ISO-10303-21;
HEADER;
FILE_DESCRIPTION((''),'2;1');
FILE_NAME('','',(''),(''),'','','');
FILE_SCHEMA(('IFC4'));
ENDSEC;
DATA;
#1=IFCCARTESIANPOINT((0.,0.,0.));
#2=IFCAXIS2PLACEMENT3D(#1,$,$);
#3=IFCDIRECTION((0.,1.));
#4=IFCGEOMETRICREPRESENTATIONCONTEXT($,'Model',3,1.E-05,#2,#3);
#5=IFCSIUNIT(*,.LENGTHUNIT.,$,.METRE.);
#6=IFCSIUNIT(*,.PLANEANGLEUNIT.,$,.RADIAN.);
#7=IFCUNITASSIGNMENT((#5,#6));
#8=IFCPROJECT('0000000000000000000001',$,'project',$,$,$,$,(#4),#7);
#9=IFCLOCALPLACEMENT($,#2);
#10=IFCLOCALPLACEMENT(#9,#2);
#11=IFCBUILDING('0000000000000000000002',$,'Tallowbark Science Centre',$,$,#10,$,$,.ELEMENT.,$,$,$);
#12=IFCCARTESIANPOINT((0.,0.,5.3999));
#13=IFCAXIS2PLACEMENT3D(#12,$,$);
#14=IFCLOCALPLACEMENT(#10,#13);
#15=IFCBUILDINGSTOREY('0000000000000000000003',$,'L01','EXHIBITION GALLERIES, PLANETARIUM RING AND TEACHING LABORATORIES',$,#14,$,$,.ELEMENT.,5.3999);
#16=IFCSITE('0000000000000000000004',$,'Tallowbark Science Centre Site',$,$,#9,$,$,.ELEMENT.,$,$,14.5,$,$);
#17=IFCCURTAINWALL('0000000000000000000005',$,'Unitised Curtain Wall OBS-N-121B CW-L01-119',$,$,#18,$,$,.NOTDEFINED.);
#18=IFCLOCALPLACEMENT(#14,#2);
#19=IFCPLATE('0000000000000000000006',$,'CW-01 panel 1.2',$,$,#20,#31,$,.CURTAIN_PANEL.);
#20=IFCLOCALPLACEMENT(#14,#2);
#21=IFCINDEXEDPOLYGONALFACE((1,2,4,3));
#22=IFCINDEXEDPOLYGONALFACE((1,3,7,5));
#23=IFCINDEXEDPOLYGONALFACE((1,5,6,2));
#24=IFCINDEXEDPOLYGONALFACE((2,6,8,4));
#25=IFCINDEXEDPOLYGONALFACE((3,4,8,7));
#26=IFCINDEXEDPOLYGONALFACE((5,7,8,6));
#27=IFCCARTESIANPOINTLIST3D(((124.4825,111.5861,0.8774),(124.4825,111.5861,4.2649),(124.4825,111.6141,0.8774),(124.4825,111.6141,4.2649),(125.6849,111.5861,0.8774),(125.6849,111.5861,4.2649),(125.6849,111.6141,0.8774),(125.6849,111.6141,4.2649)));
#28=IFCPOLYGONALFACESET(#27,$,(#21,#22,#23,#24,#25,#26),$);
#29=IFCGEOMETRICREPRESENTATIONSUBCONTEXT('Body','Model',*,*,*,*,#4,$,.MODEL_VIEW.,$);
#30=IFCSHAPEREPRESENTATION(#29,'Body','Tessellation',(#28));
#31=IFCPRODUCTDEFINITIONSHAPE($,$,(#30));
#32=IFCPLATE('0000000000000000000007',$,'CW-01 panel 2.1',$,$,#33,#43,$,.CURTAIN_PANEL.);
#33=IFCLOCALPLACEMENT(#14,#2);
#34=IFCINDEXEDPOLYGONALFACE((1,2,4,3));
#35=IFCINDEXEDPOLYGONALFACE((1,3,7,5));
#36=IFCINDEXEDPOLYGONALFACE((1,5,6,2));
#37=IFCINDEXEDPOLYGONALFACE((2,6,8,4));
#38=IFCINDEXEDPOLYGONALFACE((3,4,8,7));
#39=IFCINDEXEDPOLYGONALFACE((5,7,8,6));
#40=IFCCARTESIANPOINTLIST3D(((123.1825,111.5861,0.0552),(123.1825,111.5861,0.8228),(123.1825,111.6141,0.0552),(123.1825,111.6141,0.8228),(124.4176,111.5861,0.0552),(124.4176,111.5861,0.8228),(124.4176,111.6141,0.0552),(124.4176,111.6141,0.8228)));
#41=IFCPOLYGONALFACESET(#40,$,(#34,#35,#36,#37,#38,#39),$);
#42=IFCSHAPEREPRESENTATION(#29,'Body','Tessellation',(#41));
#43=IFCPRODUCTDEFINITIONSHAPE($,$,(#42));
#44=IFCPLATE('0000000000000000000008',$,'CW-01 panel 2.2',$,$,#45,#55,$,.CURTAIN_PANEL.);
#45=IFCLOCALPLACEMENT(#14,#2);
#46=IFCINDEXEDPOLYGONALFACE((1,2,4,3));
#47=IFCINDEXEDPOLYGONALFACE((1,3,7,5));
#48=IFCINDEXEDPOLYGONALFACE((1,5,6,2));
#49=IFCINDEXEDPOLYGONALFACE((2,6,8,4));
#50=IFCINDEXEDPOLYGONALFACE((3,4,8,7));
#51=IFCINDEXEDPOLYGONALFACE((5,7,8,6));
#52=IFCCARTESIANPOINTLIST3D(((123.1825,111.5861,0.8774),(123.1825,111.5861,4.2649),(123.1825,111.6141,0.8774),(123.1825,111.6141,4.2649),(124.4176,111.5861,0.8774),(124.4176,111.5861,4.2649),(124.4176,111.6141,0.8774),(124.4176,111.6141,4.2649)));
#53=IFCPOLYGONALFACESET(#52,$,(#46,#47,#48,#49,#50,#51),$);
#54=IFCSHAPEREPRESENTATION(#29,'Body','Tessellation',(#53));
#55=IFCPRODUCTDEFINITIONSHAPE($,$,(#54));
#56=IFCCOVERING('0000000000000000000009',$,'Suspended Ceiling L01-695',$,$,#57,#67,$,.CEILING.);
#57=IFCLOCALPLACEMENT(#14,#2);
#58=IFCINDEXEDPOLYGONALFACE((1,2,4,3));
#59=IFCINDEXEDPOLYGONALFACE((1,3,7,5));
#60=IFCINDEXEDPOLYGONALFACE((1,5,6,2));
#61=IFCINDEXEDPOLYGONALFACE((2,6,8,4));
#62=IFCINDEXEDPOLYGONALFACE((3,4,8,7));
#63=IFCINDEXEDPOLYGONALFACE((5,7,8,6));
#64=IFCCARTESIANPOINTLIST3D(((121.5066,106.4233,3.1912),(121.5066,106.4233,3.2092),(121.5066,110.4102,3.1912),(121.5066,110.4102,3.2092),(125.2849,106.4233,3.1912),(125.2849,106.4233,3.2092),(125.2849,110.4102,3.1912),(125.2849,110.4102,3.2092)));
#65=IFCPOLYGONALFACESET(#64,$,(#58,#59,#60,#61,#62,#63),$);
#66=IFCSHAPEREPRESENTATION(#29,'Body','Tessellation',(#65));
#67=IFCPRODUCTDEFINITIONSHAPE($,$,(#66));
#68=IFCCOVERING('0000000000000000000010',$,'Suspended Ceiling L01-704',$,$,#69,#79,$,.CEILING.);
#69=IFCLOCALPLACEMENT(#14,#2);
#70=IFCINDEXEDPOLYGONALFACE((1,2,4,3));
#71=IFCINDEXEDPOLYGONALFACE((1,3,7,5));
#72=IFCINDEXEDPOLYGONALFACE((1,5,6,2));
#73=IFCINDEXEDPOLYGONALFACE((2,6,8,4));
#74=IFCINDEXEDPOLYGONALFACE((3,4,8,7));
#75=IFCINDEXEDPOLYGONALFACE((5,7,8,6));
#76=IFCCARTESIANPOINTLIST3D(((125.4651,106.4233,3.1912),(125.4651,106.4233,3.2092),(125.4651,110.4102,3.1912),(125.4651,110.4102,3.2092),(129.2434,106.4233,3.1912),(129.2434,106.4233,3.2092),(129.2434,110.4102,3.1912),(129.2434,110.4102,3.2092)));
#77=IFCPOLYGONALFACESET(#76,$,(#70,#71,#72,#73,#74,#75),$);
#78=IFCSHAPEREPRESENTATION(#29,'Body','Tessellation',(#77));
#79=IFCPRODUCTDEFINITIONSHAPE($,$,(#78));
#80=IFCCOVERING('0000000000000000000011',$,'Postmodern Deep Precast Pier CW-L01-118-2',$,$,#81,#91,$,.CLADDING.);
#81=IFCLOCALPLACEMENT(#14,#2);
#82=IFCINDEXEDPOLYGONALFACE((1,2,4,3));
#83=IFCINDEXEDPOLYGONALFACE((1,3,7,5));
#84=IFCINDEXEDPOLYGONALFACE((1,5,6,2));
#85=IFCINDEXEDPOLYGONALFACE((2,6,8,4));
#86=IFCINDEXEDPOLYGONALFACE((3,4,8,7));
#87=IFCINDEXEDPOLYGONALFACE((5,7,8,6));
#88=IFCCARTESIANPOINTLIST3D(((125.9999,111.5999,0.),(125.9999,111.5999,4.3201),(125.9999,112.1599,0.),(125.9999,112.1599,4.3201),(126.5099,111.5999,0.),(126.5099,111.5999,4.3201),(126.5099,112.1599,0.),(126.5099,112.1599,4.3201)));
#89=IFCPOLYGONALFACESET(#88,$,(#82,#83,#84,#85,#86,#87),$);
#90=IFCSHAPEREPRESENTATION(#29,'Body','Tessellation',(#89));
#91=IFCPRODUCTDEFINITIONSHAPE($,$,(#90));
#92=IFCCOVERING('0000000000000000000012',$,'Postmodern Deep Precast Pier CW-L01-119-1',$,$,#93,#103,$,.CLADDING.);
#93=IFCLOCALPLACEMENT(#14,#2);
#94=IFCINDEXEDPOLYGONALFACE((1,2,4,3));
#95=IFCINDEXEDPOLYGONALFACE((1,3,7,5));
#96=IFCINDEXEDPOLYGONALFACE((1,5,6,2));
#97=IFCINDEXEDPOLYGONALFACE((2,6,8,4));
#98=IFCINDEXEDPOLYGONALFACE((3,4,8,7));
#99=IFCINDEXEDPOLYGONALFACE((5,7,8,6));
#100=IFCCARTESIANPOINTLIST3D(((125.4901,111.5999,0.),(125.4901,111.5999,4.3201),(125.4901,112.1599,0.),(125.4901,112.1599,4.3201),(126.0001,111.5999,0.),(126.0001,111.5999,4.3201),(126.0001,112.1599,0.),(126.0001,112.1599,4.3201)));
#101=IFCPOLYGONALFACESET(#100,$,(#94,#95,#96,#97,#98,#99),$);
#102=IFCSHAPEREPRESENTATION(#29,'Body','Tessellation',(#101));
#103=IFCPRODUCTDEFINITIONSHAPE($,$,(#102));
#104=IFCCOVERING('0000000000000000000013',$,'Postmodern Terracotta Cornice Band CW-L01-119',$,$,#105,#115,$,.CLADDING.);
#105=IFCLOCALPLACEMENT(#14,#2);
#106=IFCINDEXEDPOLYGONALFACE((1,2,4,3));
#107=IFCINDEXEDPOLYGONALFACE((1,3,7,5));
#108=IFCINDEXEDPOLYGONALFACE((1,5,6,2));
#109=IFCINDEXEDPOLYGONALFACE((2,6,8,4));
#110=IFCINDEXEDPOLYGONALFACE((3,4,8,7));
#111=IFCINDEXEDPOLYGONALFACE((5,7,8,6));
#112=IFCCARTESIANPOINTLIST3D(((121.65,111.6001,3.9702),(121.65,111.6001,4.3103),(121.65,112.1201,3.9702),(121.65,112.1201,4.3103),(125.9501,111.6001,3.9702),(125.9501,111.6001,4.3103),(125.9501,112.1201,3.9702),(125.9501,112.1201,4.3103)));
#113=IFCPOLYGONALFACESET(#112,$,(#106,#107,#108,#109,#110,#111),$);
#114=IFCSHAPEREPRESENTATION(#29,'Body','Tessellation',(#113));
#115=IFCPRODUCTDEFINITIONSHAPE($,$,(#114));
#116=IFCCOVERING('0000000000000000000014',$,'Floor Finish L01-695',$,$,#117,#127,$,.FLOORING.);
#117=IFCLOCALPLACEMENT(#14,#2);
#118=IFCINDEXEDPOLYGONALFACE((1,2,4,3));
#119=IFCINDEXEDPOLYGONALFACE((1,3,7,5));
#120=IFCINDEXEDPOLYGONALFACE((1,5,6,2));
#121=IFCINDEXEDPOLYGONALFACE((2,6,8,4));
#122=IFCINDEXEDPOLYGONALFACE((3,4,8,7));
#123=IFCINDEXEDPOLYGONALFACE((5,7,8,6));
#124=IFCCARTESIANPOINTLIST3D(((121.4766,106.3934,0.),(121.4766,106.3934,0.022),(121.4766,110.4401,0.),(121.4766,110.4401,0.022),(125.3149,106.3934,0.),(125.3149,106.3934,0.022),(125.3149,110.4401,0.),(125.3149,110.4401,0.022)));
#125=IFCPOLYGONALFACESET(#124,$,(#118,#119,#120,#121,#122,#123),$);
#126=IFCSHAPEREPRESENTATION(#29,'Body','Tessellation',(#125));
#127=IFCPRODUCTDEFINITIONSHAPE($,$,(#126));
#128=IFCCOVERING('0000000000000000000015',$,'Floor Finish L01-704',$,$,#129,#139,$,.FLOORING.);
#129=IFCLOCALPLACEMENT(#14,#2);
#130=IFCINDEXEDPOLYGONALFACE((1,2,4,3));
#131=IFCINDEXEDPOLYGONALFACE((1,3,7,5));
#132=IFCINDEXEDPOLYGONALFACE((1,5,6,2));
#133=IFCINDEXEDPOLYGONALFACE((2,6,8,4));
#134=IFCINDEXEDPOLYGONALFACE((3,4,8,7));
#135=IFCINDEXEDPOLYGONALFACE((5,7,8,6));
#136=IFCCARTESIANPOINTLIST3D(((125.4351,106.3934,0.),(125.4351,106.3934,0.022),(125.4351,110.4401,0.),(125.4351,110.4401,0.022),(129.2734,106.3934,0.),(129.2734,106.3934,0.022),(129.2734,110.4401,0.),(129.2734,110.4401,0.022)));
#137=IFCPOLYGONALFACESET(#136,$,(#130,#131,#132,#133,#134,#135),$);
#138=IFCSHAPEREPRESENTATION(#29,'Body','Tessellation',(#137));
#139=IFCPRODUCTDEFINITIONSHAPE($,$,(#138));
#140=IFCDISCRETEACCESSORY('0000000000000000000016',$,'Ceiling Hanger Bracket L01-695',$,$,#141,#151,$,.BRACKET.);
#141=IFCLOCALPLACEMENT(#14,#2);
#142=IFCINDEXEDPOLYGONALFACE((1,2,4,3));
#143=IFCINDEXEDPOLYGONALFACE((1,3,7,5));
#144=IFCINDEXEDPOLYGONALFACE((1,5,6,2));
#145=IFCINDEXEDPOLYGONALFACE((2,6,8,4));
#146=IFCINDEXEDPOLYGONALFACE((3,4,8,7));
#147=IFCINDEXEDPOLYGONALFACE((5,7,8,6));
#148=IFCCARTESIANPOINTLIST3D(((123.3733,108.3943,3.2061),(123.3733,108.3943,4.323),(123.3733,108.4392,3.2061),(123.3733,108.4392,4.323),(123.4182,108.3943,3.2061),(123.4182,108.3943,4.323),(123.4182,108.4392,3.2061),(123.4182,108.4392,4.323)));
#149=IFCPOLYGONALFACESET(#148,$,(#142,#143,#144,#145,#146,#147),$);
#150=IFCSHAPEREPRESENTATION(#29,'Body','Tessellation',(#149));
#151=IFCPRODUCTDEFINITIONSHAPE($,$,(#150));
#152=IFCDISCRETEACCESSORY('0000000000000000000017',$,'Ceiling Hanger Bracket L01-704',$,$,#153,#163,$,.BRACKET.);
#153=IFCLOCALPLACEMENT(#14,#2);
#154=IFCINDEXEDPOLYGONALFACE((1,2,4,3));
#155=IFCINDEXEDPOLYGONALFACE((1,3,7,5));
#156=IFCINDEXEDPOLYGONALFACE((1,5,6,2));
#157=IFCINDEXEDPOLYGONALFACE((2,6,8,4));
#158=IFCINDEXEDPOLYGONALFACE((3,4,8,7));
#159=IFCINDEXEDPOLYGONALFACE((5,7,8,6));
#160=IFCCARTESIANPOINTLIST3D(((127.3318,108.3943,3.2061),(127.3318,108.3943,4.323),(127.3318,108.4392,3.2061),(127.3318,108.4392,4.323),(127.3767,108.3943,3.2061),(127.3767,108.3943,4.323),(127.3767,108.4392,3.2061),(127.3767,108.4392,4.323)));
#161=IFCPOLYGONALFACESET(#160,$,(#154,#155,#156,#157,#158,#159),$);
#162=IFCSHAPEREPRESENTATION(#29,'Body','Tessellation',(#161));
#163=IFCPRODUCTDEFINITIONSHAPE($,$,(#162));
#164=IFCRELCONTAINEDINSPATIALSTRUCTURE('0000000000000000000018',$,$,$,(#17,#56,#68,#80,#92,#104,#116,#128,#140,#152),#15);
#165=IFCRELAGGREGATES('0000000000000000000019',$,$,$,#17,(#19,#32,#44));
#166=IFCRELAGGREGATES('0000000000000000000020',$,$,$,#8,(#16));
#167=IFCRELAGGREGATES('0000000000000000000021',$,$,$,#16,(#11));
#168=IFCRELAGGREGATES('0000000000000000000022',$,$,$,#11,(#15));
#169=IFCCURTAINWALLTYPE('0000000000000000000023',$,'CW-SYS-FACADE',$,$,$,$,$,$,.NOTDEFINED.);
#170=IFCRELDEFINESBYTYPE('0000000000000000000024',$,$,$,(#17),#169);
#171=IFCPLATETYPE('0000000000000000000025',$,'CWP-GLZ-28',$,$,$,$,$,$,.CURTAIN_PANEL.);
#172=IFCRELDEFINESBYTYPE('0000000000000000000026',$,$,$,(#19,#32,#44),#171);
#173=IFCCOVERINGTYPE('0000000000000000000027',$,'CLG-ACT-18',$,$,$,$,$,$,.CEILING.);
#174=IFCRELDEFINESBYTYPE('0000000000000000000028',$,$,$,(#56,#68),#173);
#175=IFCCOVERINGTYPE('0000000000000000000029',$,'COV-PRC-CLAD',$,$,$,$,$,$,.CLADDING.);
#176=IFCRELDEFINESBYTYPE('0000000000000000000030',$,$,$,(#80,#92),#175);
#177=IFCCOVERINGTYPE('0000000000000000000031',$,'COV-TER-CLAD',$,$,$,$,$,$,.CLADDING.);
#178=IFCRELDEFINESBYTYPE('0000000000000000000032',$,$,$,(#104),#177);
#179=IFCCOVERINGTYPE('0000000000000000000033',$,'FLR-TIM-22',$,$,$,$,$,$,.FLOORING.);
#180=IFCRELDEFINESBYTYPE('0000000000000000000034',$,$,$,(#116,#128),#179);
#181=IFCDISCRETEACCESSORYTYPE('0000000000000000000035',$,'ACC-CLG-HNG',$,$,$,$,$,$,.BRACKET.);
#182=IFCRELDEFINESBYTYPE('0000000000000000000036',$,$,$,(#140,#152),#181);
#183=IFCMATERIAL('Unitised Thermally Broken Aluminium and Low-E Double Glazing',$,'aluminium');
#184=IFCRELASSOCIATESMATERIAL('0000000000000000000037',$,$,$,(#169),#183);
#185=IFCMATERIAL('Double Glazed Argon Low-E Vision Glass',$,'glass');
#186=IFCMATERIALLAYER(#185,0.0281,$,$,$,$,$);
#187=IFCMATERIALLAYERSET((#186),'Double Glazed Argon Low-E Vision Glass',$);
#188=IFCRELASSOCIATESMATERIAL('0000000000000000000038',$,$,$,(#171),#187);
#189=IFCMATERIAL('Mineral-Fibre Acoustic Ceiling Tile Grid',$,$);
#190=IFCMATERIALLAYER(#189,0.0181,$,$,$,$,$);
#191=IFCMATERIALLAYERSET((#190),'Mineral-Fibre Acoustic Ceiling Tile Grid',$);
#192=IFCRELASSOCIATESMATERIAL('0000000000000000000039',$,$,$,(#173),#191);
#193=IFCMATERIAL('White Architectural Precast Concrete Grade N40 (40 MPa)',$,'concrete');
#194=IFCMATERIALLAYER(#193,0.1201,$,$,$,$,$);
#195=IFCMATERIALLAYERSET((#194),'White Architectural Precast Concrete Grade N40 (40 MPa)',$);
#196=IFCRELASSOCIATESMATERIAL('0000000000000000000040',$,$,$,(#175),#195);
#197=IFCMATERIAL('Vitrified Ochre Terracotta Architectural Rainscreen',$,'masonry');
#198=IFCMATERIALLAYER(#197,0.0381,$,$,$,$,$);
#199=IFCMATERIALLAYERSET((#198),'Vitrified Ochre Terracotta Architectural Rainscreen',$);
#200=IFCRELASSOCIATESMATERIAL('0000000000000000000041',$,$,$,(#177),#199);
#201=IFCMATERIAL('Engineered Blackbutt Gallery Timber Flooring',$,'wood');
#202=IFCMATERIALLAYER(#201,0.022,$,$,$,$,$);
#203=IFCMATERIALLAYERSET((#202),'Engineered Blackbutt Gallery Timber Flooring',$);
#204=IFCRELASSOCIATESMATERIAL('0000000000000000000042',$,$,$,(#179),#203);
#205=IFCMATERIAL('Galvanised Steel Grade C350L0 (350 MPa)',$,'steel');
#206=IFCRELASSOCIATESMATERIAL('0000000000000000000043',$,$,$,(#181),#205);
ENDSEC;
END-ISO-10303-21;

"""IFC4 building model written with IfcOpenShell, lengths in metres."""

from ifc_helpers import new_model, si_unit, direction, frame, origin, origin_2d, place, context, subcontext, project, spatial, rectangle, extrude, material, layer, layer_set, type_object, element, aggregate, save


model = new_model("IFC4")

# Units and contexts
model_context = context("Model", 3, precision=1e-05, world=origin(), true_north=direction((0.0, 1.0)))
body_context = subcontext(model_context, "Body", "Model", "MODEL_VIEW")
ifc_project = project(units=[si_unit("LENGTHUNIT", "METRE"), si_unit("PLANEANGLEUNIT", "RADIAN")], contexts=[model_context])

# Site, building, storey
site_placement = place(None, origin())
site = spatial("IfcSite", under=ifc_project, at=site_placement, Name="Tallowbark Science Centre Site", CompositionType="ELEMENT", RefElevation=14.5)
building_placement = place(site_placement, origin())
building = spatial("IfcBuilding", under=site, at=building_placement, Name="Tallowbark Science Centre", CompositionType="ELEMENT")
storey_placement = place(building_placement, frame((0.0, 0.0, 5.3999)))
storey = spatial("IfcBuildingStorey", under=building, at=storey_placement, Name="L01", Description="EXHIBITION GALLERIES, PLANETARIUM RING AND TEACHING LABORATORIES", CompositionType="ELEMENT", Elevation=5.3999)

# Shared definitions
ifc_material_1 = material(Name="Unitised Thermally Broken Aluminium and Low-E Double Glazing", Category="aluminium")
curtain_wall_type = type_object("IfcCurtainWallType", Name="CW-SYS-FACADE", PredefinedType="NOTDEFINED", material=ifc_material_1)

# Curtain wall
curtain_wall_1_placement = place(storey_placement, origin())
curtain_wall_1 = element("IfcCurtainWall", 1, at=curtain_wall_1_placement, inside=storey, type_object=curtain_wall_type, Name="Unitised Curtain Wall OBS-N-121B CW-L01-119", PredefinedType="NOTDEFINED")

# Plates
ifc_material_2 = material(Name="Double Glazed Argon Low-E Vision Glass", Category="glass")
ifc_layer_1 = layer(ifc_material_2, 0.0281)
ifc_layer_set_1 = layer_set([ifc_layer_1], Name="Double Glazed Argon Low-E Vision Glass")
plate_type = type_object("IfcPlateType", Name="CWP-GLZ-28", PredefinedType="CURTAIN_PANEL", material=ifc_layer_set_1)
plate_1_placement = place(storey_placement, frame((125.0837, 111.6001, 0.8774), z_axis=(0.0, 0.0, 1.0), x_axis=(-1.0, 0.0, 0.0)))
plate_1 = element("IfcPlate", 2, at=plate_1_placement, type_object=plate_type, Name="CW-01 panel 1.2", PredefinedType="CURTAIN_PANEL", context=body_context, shape_type="SweptSolid", body=[
    extrude(rectangle(XDim=1.2024, YDim=0.0281, at=origin_2d()), origin(), (0.0, 0.0, 1.0), 3.3875),
])
plate_2_placement = place(storey_placement, frame((123.8, 111.6001, 0.0552), z_axis=(0.0, 0.0, 1.0), x_axis=(-1.0, 0.0, 0.0)))
plate_2 = element("IfcPlate", 3, at=plate_2_placement, type_object=plate_type, Name="CW-01 panel 2.1", PredefinedType="CURTAIN_PANEL", context=body_context, shape_type="SweptSolid", body=[
    extrude(rectangle(XDim=1.2351, YDim=0.0281, at=origin_2d()), origin(), (0.0, 0.0, 1.0), 0.7676),
])
plate_3_placement = place(storey_placement, frame((123.8, 111.6001, 0.8774), z_axis=(0.0, 0.0, 1.0), x_axis=(-1.0, 0.0, 0.0)))
plate_3 = element("IfcPlate", 4, at=plate_3_placement, type_object=plate_type, Name="CW-01 panel 2.2", PredefinedType="CURTAIN_PANEL", context=body_context, shape_type="SweptSolid", body=[
    extrude(rectangle(XDim=1.2351, YDim=0.0281, at=origin_2d()), origin(), (0.0, 0.0, 1.0), 3.3875),
])
aggregate(curtain_wall_1, [plate_1, plate_2, plate_3])

# Coverings
ifc_material_3 = material(Name="Mineral-Fibre Acoustic Ceiling Tile Grid")
ifc_layer_2 = layer(ifc_material_3, 0.0181)
ifc_layer_set_2 = layer_set([ifc_layer_2], Name="Mineral-Fibre Acoustic Ceiling Tile Grid")
covering_type_1 = type_object("IfcCoveringType", Name="CLG-ACT-18", PredefinedType="CEILING", material=ifc_layer_set_2)
for number, where, z_axis, x_axis, name in (
    (5, (123.3958, 108.4167, 3.1912), (0.0, 0.0, 1.0), (1.0, 0.0, 0.0), "Suspended Ceiling L01-695"),
    (6, (127.3542, 108.4167, 3.1912), (0.0, 0.0, 1.0), (1.0, 0.0, 0.0), "Suspended Ceiling L01-704"),
):
    element("IfcCovering", number, at=place(storey_placement, frame(where, z_axis=z_axis, x_axis=x_axis)), inside=storey, type_object=covering_type_1, Name=name, PredefinedType="CEILING", context=body_context, shape_type="SweptSolid", body=[
        extrude(rectangle(XDim=3.7783, YDim=3.9868, at=origin_2d()), origin(), (0.0, 0.0, 1.0), 0.0181),
    ])
ifc_material_4 = material(Name="White Architectural Precast Concrete Grade N40 (40 MPa)", Category="concrete")
ifc_layer_3 = layer(ifc_material_4, 0.1201)
ifc_layer_set_3 = layer_set([ifc_layer_3], Name="White Architectural Precast Concrete Grade N40 (40 MPa)")
covering_type_2 = type_object("IfcCoveringType", Name="COV-PRC-CLAD", PredefinedType="CLADDING", material=ifc_layer_set_3)
for number, where, z_axis, x_axis, name in (
    (7, (126.2549, 111.8799, 0.0), (0.0, 0.0, 1.0), (-1.0, 0.0, 0.0), "Postmodern Deep Precast Pier CW-L01-118-2"),
    (8, (125.7451, 111.8799, 0.0), (0.0, 0.0, 1.0), (-1.0, 0.0, 0.0), "Postmodern Deep Precast Pier CW-L01-119-1"),
):
    element("IfcCovering", number, at=place(storey_placement, frame(where, z_axis=z_axis, x_axis=x_axis)), inside=storey, type_object=covering_type_2, Name=name, PredefinedType="CLADDING", context=body_context, shape_type="SweptSolid", body=[
        extrude(rectangle(XDim=0.51, YDim=0.5601, at=origin_2d()), origin(), (0.0, 0.0, 1.0), 4.3201),
    ])
ifc_material_5 = material(Name="Vitrified Ochre Terracotta Architectural Rainscreen", Category="masonry")
ifc_layer_4 = layer(ifc_material_5, 0.0381)
ifc_layer_set_4 = layer_set([ifc_layer_4], Name="Vitrified Ochre Terracotta Architectural Rainscreen")
covering_type_3 = type_object("IfcCoveringType", Name="COV-TER-CLAD", PredefinedType="CLADDING", material=ifc_layer_set_4)
covering_placement = place(storey_placement, frame((123.8, 111.8601, 3.9702), z_axis=(0.0, 0.0, 1.0), x_axis=(-1.0, 0.0, 0.0)))
element("IfcCovering", 9, at=covering_placement, inside=storey, type_object=covering_type_3, Name="Postmodern Terracotta Cornice Band CW-L01-119", PredefinedType="CLADDING", context=body_context, shape_type="SweptSolid", body=[
    extrude(rectangle(XDim=4.3, YDim=0.52, at=origin_2d()), origin(), (0.0, 0.0, 1.0), 0.3401),
])
ifc_material_6 = material(Name="Engineered Blackbutt Gallery Timber Flooring", Category="wood")
ifc_layer_5 = layer(ifc_material_6, 0.022)
ifc_layer_set_5 = layer_set([ifc_layer_5], Name="Engineered Blackbutt Gallery Timber Flooring")
covering_type_4 = type_object("IfcCoveringType", Name="FLR-TIM-22", PredefinedType="FLOORING", material=ifc_layer_set_5)
for number, where, z_axis, x_axis, name in (
    (10, (123.3958, 108.4167, 0.0), (0.0, 0.0, 1.0), (1.0, 0.0, 0.0), "Floor Finish L01-695"),
    (11, (127.3542, 108.4167, 0.0), (0.0, 0.0, 1.0), (1.0, 0.0, 0.0), "Floor Finish L01-704"),
):
    element("IfcCovering", number, at=place(storey_placement, frame(where, z_axis=z_axis, x_axis=x_axis)), inside=storey, type_object=covering_type_4, Name=name, PredefinedType="FLOORING", context=body_context, shape_type="SweptSolid", body=[
        extrude(rectangle(XDim=3.8384, YDim=4.0466, at=origin_2d()), origin(), (0.0, 0.0, 1.0), 0.022),
    ])

# Discrete accessories
ifc_material_7 = material(Name="Galvanised Steel Grade C350L0 (350 MPa)", Category="steel")
discrete_accessory_type = type_object("IfcDiscreteAccessoryType", Name="ACC-CLG-HNG", PredefinedType="BRACKET", material=ifc_material_7)
for number, where, z_axis, x_axis, name in (
    (12, (123.3958, 108.4167, 3.2061), (0.0, 0.0, 1.0), (1.0, 0.0, 0.0), "Ceiling Hanger Bracket L01-695"),
    (13, (127.3542, 108.4167, 3.2061), (0.0, 0.0, 1.0), (1.0, 0.0, 0.0), "Ceiling Hanger Bracket L01-704"),
):
    element("IfcDiscreteAccessory", number, at=place(storey_placement, frame(where, z_axis=z_axis, x_axis=x_axis)), inside=storey, type_object=discrete_accessory_type, Name=name, PredefinedType="BRACKET", context=body_context, shape_type="SweptSolid", body=[
        extrude(rectangle(XDim=0.0449, YDim=0.0449, at=origin_2d()), origin(), (0.0, 0.0, 1.0), 1.1169),
    ])

save(model, "model.ifc")
